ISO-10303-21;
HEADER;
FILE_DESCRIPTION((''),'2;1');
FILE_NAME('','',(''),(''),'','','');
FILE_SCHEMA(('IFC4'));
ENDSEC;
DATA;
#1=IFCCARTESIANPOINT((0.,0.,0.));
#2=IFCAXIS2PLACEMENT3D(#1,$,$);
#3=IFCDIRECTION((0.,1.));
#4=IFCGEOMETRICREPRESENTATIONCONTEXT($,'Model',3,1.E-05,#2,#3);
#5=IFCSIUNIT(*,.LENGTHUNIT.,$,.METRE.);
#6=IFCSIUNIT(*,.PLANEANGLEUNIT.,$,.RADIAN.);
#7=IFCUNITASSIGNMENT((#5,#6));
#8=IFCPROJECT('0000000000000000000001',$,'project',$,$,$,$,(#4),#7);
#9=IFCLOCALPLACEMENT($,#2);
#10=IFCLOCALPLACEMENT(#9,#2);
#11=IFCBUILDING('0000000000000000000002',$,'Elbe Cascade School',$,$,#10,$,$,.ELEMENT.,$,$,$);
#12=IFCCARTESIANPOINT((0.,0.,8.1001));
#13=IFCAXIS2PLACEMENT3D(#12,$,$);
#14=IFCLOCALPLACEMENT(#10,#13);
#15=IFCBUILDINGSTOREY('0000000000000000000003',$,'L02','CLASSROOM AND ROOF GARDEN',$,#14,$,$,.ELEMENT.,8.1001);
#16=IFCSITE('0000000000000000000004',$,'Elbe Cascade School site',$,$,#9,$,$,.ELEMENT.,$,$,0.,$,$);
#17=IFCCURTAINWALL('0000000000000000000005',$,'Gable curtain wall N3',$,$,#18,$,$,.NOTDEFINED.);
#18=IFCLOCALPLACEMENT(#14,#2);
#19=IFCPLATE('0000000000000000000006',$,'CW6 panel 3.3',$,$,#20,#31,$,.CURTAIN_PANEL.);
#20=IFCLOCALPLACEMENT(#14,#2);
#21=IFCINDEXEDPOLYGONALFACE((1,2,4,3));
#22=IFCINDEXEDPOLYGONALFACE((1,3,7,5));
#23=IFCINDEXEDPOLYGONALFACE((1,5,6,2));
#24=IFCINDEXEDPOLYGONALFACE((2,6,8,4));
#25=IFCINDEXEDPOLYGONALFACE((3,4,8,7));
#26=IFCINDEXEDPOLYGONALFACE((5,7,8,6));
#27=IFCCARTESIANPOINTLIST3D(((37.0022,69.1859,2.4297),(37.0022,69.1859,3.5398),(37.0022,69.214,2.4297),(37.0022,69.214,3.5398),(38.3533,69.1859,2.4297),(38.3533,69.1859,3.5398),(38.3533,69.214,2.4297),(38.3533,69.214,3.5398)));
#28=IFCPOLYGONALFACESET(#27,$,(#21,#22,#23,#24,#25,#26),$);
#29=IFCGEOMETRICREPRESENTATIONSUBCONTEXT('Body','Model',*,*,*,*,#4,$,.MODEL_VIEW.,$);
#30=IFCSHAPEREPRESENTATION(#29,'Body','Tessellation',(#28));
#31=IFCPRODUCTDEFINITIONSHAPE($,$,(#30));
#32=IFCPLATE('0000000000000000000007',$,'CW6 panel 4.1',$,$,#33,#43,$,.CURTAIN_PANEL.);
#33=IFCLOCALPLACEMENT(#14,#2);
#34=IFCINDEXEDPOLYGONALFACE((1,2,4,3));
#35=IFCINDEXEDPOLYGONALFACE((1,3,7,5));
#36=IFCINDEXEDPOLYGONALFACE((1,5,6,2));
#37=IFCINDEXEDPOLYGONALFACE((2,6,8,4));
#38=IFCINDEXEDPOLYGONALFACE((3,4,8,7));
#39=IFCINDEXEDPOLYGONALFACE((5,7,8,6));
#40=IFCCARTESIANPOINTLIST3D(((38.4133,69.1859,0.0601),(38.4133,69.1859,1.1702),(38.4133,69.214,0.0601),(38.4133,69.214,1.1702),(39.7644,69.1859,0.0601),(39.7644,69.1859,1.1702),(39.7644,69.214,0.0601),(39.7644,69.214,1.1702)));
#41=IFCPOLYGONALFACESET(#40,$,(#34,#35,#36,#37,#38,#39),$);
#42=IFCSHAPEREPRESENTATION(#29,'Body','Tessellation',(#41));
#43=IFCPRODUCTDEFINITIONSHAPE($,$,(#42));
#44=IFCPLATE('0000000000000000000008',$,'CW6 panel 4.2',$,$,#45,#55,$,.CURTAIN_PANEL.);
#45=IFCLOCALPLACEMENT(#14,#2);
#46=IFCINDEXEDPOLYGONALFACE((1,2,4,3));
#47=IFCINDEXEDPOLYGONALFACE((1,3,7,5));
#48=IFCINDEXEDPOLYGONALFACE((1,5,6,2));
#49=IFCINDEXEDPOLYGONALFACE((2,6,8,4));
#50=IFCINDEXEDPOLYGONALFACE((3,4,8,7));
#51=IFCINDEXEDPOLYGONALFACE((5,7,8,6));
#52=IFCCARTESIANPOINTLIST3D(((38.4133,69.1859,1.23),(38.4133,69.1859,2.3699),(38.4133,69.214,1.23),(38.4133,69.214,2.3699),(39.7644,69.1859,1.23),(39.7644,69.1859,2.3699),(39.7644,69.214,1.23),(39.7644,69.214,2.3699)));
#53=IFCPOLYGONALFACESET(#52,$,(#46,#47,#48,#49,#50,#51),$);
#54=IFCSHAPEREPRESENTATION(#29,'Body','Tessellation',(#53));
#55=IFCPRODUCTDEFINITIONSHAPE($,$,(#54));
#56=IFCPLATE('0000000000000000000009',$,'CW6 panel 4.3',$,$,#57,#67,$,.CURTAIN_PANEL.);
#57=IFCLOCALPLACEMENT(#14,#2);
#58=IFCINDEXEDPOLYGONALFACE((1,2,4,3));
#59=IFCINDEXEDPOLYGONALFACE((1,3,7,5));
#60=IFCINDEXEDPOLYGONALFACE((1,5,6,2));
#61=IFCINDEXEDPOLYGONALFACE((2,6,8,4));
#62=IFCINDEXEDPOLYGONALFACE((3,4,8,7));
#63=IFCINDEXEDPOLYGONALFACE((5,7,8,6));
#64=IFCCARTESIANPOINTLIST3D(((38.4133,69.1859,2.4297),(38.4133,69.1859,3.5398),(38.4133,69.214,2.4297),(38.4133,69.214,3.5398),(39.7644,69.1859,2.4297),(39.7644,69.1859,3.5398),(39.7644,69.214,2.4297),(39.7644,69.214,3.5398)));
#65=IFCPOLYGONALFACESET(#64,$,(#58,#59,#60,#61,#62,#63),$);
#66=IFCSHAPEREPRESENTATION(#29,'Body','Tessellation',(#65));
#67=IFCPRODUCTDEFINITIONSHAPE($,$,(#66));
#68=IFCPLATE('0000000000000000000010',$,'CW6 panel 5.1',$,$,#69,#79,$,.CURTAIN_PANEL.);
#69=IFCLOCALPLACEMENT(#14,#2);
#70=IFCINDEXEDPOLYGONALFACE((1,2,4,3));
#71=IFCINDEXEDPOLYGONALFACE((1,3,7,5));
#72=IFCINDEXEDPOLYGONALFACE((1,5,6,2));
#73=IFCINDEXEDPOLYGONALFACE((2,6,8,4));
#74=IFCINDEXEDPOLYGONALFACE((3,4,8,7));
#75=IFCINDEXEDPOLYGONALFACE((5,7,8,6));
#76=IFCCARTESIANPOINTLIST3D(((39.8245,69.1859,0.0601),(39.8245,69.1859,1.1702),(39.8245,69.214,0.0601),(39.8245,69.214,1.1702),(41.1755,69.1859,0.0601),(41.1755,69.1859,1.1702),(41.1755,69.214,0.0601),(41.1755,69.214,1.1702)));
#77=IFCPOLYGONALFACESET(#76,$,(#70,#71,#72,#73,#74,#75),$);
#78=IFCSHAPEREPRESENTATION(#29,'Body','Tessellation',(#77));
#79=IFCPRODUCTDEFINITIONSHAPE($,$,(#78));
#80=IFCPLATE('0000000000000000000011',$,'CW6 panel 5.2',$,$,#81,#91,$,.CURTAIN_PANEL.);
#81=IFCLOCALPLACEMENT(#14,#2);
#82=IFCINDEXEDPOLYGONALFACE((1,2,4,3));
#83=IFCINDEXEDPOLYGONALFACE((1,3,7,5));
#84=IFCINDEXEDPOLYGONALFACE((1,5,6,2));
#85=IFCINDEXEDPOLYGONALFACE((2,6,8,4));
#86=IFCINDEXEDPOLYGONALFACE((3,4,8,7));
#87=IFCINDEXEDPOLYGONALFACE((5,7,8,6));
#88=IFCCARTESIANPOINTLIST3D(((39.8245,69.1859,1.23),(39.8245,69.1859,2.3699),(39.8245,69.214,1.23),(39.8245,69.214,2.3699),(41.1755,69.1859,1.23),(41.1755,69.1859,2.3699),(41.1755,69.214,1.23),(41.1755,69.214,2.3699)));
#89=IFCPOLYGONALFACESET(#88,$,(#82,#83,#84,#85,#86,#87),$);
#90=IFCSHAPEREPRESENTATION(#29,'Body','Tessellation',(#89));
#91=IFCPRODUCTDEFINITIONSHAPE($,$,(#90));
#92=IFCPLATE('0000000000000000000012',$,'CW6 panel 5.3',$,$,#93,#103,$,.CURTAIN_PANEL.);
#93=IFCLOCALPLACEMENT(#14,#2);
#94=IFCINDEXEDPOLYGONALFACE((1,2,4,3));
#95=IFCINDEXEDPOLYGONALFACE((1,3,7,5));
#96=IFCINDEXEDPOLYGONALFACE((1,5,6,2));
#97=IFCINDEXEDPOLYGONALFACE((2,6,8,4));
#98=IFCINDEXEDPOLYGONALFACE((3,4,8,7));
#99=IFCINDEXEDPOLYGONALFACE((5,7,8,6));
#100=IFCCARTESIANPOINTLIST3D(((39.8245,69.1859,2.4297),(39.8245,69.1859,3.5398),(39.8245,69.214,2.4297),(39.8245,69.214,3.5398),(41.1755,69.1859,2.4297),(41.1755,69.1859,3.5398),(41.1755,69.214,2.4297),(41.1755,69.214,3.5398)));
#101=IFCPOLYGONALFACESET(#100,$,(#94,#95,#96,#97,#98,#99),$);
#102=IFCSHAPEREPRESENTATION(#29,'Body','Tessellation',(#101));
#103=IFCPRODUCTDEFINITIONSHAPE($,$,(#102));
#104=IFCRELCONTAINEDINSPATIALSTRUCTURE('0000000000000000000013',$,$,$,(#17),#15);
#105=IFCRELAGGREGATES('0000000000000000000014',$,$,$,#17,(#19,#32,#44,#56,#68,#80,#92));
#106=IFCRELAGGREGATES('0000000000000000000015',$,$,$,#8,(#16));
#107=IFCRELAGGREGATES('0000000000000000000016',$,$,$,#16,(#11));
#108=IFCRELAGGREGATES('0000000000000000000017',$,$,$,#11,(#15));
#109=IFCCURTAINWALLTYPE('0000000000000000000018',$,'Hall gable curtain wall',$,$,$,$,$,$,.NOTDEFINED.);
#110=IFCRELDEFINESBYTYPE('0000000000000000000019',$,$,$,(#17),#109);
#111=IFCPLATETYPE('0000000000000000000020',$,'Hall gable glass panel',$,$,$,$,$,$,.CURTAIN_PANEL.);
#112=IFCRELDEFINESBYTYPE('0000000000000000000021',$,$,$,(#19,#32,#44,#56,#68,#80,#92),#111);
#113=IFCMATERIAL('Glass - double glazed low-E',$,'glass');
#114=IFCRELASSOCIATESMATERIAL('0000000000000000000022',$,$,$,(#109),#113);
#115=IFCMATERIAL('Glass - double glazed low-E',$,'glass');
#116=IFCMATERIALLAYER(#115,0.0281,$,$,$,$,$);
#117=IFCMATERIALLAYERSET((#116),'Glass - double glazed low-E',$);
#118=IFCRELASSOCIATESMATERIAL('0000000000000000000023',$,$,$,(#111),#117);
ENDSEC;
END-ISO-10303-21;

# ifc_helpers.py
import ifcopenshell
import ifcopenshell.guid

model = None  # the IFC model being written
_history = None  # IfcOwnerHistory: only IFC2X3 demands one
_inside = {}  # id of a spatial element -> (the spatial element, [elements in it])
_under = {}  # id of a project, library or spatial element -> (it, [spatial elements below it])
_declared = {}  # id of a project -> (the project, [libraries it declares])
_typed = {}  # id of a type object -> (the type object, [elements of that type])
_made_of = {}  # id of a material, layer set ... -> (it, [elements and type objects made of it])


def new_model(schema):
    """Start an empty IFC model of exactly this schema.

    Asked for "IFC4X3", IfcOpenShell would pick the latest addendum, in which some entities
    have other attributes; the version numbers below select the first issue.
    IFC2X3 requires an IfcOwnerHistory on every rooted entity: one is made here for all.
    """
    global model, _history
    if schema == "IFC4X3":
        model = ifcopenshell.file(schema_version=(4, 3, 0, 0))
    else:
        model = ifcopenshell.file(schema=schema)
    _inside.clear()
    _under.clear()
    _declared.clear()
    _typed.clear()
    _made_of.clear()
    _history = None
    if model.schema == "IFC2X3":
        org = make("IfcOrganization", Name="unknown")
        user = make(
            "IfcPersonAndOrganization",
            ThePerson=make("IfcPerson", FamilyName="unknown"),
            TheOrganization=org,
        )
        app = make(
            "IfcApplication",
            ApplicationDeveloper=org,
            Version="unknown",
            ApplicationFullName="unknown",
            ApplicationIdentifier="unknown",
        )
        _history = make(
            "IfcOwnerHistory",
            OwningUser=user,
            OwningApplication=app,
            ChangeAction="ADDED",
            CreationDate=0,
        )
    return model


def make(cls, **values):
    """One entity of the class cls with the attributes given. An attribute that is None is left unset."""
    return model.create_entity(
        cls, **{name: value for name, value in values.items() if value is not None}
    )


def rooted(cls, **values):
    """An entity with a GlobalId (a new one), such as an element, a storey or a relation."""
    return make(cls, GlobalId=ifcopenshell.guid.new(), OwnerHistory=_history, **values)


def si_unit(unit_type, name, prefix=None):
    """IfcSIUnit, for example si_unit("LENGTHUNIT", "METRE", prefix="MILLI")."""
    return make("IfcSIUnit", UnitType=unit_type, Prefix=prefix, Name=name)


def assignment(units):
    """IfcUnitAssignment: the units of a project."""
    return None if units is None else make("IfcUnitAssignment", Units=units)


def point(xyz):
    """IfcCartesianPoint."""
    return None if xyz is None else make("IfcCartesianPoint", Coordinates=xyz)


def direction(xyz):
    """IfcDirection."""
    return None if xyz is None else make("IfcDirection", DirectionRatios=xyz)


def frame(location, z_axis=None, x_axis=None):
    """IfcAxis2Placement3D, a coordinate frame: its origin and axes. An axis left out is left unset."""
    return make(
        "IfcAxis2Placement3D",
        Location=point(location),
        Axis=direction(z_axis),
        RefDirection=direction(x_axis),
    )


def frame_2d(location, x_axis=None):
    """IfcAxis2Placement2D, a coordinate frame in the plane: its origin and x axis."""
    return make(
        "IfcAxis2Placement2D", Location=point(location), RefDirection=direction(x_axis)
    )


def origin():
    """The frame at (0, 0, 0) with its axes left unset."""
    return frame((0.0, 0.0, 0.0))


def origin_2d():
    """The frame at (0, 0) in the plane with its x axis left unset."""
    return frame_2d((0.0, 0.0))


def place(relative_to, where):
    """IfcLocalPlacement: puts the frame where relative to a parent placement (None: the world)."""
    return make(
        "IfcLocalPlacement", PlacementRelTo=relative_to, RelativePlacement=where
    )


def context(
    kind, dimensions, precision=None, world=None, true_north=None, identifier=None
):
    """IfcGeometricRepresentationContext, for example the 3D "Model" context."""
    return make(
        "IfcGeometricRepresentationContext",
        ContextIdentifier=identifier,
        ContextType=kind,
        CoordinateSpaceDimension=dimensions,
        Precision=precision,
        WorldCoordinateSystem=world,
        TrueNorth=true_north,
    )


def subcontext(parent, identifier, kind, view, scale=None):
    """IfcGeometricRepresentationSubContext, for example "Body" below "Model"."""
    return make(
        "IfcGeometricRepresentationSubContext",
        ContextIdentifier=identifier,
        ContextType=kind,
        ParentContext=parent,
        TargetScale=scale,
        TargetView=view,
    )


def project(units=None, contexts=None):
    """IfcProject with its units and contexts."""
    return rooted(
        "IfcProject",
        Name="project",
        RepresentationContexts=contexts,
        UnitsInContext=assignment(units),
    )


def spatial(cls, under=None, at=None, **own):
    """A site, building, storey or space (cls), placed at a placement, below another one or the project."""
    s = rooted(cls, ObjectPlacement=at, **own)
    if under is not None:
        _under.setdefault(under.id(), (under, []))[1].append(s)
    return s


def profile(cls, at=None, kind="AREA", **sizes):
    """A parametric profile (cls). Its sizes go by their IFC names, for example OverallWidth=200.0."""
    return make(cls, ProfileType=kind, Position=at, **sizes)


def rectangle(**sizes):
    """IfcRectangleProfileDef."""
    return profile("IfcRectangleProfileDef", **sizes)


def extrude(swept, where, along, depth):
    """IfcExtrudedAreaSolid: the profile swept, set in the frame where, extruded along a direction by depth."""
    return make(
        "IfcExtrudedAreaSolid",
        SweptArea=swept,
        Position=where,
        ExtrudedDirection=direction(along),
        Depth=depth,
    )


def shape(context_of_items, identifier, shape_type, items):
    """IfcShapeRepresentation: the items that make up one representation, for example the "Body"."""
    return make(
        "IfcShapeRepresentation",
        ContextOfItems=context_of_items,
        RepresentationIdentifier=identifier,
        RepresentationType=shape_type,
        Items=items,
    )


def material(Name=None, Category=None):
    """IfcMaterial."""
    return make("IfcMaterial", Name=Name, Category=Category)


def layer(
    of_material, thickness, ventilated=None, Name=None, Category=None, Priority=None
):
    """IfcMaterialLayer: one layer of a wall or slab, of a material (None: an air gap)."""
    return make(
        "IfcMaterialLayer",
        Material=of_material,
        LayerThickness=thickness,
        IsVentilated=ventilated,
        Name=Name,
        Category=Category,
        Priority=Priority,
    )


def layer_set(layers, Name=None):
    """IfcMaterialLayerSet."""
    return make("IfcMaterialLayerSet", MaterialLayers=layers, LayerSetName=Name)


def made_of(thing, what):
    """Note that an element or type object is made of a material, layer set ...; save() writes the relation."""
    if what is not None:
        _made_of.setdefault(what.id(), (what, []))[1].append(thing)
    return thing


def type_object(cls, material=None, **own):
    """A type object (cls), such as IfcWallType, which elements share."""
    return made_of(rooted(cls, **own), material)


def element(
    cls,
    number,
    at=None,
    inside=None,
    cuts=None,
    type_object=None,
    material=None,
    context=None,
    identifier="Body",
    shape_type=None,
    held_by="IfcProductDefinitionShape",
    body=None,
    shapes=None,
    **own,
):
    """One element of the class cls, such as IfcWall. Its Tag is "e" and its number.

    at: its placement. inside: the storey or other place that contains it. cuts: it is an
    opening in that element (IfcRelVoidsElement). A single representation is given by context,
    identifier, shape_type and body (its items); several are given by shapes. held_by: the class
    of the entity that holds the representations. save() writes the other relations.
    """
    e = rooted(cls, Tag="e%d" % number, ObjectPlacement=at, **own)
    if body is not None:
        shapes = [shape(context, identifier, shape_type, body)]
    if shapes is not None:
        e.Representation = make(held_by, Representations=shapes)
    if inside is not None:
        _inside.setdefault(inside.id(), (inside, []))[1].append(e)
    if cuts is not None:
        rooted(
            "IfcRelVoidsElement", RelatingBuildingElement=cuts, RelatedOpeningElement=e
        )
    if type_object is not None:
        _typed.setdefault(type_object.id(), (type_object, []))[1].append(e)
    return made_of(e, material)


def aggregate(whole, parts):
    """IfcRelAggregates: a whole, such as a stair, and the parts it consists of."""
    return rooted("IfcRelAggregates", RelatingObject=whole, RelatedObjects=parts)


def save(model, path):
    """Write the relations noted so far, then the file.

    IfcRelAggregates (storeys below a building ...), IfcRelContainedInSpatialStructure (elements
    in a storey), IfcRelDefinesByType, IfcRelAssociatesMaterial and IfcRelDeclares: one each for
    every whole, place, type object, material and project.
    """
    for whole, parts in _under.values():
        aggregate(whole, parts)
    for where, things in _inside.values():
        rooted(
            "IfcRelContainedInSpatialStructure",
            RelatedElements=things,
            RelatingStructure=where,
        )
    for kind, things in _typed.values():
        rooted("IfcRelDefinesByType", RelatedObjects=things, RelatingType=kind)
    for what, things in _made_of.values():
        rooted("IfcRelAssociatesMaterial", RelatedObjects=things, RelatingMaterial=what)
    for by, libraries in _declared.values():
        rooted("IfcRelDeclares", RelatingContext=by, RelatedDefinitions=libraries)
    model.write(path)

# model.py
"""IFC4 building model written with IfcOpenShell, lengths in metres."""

from ifc_helpers import new_model, si_unit, direction, frame, origin, origin_2d, place, context, subcontext, project, spatial, rectangle, extrude, material, layer, layer_set, type_object, element, aggregate, save


model = new_model("IFC4")

# Units and contexts
model_context = context("Model", 3, precision=1e-05, world=origin(), true_north=direction((0.0, 1.0)))
body_context = subcontext(model_context, "Body", "Model", "MODEL_VIEW")
ifc_project = project(units=[si_unit("LENGTHUNIT", "METRE"), si_unit("PLANEANGLEUNIT", "RADIAN")], contexts=[model_context])

# Site, building, storey
site_placement = place(None, origin())
site = spatial("IfcSite", under=ifc_project, at=site_placement, Name="Elbe Cascade School site", CompositionType="ELEMENT", RefElevation=0.0)
building_placement = place(site_placement, origin())
building = spatial("IfcBuilding", under=site, at=building_placement, Name="Elbe Cascade School", CompositionType="ELEMENT")
storey_placement = place(building_placement, frame((0.0, 0.0, 8.1001)))
storey = spatial("IfcBuildingStorey", under=building, at=storey_placement, Name="L02", Description="CLASSROOM AND ROOF GARDEN", CompositionType="ELEMENT", Elevation=8.1001)

# Curtain wall, plates
ifc_material_1 = material(Name="Glass - double glazed low-E", Category="glass")
curtain_wall_type = type_object("IfcCurtainWallType", Name="Hall gable curtain wall", PredefinedType="NOTDEFINED", material=ifc_material_1)
curtain_wall_placement = place(storey_placement, origin())
curtain_wall = element("IfcCurtainWall", 1, at=curtain_wall_placement, inside=storey, type_object=curtain_wall_type, Name="Gable curtain wall N3", PredefinedType="NOTDEFINED")
ifc_material_2 = material(Name="Glass - double glazed low-E", Category="glass")
ifc_layer = layer(ifc_material_2, 0.0281)
ifc_layer_set = layer_set([ifc_layer], Name="Glass - double glazed low-E")
plate_type = type_object("IfcPlateType", Name="Hall gable glass panel", PredefinedType="CURTAIN_PANEL", material=ifc_layer_set)
plate_1_placement = place(storey_placement, frame((37.6777, 69.2, 2.4297), z_axis=(0.0, 0.0, 1.0), x_axis=(1.0, 0.0, 0.0)))
plate_1 = element("IfcPlate", 2, at=plate_1_placement, type_object=plate_type, Name="CW6 panel 3.3", PredefinedType="CURTAIN_PANEL", context=body_context, shape_type="SweptSolid", body=[
    extrude(rectangle(XDim=1.3511, YDim=0.0281, at=origin_2d()), origin(), (0.0, 0.0, 1.0), 1.1101),
])
plate_2_placement = place(storey_placement, frame((39.0889, 69.2, 0.0601), z_axis=(0.0, 0.0, 1.0), x_axis=(1.0, 0.0, 0.0)))
plate_2 = element("IfcPlate", 3, at=plate_2_placement, type_object=plate_type, Name="CW6 panel 4.1", PredefinedType="CURTAIN_PANEL", context=body_context, shape_type="SweptSolid", body=[
    extrude(rectangle(XDim=1.3511, YDim=0.0281, at=origin_2d()), origin(), (0.0, 0.0, 1.0), 1.1101),
])
plate_3_placement = place(storey_placement, frame((39.0889, 69.2, 1.23), z_axis=(0.0, 0.0, 1.0), x_axis=(1.0, 0.0, 0.0)))
plate_3 = element("IfcPlate", 4, at=plate_3_placement, type_object=plate_type, Name="CW6 panel 4.2", PredefinedType="CURTAIN_PANEL", context=body_context, shape_type="SweptSolid", body=[
    extrude(rectangle(XDim=1.3511, YDim=0.0281, at=origin_2d()), origin(), (0.0, 0.0, 1.0), 1.1399),
])
plate_4_placement = place(storey_placement, frame((39.0889, 69.2, 2.4297), z_axis=(0.0, 0.0, 1.0), x_axis=(1.0, 0.0, 0.0)))
plate_4 = element("IfcPlate", 5, at=plate_4_placement, type_object=plate_type, Name="CW6 panel 4.3", PredefinedType="CURTAIN_PANEL", context=body_context, shape_type="SweptSolid", body=[
    extrude(rectangle(XDim=1.3511, YDim=0.0281, at=origin_2d()), origin(), (0.0, 0.0, 1.0), 1.1101),
])
plate_5_placement = place(storey_placement, frame((40.5, 69.2, 0.0601), z_axis=(0.0, 0.0, 1.0), x_axis=(1.0, 0.0, 0.0)))
plate_5 = element("IfcPlate", 6, at=plate_5_placement, type_object=plate_type, Name="CW6 panel 5.1", PredefinedType="CURTAIN_PANEL", context=body_context, shape_type="SweptSolid", body=[
    extrude(rectangle(XDim=1.3511, YDim=0.0281, at=origin_2d()), origin(), (0.0, 0.0, 1.0), 1.1101),
])
plate_6_placement = place(storey_placement, frame((40.5, 69.2, 1.23), z_axis=(0.0, 0.0, 1.0), x_axis=(1.0, 0.0, 0.0)))
plate_6 = element("IfcPlate", 7, at=plate_6_placement, type_object=plate_type, Name="CW6 panel 5.2", PredefinedType="CURTAIN_PANEL", context=body_context, shape_type="SweptSolid", body=[
    extrude(rectangle(XDim=1.3511, YDim=0.0281, at=origin_2d()), origin(), (0.0, 0.0, 1.0), 1.1399),
])
plate_7_placement = place(storey_placement, frame((40.5, 69.2, 2.4297), z_axis=(0.0, 0.0, 1.0), x_axis=(1.0, 0.0, 0.0)))
plate_7 = element("IfcPlate", 8, at=plate_7_placement, type_object=plate_type, Name="CW6 panel 5.3", PredefinedType="CURTAIN_PANEL", context=body_context, shape_type="SweptSolid", body=[
    extrude(rectangle(XDim=1.3511, YDim=0.0281, at=origin_2d()), origin(), (0.0, 0.0, 1.0), 1.1101),
])
aggregate(curtain_wall, [plate_1, plate_2, plate_3, plate_4, plate_5, plate_6, plate_7])

save(model, "model.ifc")
